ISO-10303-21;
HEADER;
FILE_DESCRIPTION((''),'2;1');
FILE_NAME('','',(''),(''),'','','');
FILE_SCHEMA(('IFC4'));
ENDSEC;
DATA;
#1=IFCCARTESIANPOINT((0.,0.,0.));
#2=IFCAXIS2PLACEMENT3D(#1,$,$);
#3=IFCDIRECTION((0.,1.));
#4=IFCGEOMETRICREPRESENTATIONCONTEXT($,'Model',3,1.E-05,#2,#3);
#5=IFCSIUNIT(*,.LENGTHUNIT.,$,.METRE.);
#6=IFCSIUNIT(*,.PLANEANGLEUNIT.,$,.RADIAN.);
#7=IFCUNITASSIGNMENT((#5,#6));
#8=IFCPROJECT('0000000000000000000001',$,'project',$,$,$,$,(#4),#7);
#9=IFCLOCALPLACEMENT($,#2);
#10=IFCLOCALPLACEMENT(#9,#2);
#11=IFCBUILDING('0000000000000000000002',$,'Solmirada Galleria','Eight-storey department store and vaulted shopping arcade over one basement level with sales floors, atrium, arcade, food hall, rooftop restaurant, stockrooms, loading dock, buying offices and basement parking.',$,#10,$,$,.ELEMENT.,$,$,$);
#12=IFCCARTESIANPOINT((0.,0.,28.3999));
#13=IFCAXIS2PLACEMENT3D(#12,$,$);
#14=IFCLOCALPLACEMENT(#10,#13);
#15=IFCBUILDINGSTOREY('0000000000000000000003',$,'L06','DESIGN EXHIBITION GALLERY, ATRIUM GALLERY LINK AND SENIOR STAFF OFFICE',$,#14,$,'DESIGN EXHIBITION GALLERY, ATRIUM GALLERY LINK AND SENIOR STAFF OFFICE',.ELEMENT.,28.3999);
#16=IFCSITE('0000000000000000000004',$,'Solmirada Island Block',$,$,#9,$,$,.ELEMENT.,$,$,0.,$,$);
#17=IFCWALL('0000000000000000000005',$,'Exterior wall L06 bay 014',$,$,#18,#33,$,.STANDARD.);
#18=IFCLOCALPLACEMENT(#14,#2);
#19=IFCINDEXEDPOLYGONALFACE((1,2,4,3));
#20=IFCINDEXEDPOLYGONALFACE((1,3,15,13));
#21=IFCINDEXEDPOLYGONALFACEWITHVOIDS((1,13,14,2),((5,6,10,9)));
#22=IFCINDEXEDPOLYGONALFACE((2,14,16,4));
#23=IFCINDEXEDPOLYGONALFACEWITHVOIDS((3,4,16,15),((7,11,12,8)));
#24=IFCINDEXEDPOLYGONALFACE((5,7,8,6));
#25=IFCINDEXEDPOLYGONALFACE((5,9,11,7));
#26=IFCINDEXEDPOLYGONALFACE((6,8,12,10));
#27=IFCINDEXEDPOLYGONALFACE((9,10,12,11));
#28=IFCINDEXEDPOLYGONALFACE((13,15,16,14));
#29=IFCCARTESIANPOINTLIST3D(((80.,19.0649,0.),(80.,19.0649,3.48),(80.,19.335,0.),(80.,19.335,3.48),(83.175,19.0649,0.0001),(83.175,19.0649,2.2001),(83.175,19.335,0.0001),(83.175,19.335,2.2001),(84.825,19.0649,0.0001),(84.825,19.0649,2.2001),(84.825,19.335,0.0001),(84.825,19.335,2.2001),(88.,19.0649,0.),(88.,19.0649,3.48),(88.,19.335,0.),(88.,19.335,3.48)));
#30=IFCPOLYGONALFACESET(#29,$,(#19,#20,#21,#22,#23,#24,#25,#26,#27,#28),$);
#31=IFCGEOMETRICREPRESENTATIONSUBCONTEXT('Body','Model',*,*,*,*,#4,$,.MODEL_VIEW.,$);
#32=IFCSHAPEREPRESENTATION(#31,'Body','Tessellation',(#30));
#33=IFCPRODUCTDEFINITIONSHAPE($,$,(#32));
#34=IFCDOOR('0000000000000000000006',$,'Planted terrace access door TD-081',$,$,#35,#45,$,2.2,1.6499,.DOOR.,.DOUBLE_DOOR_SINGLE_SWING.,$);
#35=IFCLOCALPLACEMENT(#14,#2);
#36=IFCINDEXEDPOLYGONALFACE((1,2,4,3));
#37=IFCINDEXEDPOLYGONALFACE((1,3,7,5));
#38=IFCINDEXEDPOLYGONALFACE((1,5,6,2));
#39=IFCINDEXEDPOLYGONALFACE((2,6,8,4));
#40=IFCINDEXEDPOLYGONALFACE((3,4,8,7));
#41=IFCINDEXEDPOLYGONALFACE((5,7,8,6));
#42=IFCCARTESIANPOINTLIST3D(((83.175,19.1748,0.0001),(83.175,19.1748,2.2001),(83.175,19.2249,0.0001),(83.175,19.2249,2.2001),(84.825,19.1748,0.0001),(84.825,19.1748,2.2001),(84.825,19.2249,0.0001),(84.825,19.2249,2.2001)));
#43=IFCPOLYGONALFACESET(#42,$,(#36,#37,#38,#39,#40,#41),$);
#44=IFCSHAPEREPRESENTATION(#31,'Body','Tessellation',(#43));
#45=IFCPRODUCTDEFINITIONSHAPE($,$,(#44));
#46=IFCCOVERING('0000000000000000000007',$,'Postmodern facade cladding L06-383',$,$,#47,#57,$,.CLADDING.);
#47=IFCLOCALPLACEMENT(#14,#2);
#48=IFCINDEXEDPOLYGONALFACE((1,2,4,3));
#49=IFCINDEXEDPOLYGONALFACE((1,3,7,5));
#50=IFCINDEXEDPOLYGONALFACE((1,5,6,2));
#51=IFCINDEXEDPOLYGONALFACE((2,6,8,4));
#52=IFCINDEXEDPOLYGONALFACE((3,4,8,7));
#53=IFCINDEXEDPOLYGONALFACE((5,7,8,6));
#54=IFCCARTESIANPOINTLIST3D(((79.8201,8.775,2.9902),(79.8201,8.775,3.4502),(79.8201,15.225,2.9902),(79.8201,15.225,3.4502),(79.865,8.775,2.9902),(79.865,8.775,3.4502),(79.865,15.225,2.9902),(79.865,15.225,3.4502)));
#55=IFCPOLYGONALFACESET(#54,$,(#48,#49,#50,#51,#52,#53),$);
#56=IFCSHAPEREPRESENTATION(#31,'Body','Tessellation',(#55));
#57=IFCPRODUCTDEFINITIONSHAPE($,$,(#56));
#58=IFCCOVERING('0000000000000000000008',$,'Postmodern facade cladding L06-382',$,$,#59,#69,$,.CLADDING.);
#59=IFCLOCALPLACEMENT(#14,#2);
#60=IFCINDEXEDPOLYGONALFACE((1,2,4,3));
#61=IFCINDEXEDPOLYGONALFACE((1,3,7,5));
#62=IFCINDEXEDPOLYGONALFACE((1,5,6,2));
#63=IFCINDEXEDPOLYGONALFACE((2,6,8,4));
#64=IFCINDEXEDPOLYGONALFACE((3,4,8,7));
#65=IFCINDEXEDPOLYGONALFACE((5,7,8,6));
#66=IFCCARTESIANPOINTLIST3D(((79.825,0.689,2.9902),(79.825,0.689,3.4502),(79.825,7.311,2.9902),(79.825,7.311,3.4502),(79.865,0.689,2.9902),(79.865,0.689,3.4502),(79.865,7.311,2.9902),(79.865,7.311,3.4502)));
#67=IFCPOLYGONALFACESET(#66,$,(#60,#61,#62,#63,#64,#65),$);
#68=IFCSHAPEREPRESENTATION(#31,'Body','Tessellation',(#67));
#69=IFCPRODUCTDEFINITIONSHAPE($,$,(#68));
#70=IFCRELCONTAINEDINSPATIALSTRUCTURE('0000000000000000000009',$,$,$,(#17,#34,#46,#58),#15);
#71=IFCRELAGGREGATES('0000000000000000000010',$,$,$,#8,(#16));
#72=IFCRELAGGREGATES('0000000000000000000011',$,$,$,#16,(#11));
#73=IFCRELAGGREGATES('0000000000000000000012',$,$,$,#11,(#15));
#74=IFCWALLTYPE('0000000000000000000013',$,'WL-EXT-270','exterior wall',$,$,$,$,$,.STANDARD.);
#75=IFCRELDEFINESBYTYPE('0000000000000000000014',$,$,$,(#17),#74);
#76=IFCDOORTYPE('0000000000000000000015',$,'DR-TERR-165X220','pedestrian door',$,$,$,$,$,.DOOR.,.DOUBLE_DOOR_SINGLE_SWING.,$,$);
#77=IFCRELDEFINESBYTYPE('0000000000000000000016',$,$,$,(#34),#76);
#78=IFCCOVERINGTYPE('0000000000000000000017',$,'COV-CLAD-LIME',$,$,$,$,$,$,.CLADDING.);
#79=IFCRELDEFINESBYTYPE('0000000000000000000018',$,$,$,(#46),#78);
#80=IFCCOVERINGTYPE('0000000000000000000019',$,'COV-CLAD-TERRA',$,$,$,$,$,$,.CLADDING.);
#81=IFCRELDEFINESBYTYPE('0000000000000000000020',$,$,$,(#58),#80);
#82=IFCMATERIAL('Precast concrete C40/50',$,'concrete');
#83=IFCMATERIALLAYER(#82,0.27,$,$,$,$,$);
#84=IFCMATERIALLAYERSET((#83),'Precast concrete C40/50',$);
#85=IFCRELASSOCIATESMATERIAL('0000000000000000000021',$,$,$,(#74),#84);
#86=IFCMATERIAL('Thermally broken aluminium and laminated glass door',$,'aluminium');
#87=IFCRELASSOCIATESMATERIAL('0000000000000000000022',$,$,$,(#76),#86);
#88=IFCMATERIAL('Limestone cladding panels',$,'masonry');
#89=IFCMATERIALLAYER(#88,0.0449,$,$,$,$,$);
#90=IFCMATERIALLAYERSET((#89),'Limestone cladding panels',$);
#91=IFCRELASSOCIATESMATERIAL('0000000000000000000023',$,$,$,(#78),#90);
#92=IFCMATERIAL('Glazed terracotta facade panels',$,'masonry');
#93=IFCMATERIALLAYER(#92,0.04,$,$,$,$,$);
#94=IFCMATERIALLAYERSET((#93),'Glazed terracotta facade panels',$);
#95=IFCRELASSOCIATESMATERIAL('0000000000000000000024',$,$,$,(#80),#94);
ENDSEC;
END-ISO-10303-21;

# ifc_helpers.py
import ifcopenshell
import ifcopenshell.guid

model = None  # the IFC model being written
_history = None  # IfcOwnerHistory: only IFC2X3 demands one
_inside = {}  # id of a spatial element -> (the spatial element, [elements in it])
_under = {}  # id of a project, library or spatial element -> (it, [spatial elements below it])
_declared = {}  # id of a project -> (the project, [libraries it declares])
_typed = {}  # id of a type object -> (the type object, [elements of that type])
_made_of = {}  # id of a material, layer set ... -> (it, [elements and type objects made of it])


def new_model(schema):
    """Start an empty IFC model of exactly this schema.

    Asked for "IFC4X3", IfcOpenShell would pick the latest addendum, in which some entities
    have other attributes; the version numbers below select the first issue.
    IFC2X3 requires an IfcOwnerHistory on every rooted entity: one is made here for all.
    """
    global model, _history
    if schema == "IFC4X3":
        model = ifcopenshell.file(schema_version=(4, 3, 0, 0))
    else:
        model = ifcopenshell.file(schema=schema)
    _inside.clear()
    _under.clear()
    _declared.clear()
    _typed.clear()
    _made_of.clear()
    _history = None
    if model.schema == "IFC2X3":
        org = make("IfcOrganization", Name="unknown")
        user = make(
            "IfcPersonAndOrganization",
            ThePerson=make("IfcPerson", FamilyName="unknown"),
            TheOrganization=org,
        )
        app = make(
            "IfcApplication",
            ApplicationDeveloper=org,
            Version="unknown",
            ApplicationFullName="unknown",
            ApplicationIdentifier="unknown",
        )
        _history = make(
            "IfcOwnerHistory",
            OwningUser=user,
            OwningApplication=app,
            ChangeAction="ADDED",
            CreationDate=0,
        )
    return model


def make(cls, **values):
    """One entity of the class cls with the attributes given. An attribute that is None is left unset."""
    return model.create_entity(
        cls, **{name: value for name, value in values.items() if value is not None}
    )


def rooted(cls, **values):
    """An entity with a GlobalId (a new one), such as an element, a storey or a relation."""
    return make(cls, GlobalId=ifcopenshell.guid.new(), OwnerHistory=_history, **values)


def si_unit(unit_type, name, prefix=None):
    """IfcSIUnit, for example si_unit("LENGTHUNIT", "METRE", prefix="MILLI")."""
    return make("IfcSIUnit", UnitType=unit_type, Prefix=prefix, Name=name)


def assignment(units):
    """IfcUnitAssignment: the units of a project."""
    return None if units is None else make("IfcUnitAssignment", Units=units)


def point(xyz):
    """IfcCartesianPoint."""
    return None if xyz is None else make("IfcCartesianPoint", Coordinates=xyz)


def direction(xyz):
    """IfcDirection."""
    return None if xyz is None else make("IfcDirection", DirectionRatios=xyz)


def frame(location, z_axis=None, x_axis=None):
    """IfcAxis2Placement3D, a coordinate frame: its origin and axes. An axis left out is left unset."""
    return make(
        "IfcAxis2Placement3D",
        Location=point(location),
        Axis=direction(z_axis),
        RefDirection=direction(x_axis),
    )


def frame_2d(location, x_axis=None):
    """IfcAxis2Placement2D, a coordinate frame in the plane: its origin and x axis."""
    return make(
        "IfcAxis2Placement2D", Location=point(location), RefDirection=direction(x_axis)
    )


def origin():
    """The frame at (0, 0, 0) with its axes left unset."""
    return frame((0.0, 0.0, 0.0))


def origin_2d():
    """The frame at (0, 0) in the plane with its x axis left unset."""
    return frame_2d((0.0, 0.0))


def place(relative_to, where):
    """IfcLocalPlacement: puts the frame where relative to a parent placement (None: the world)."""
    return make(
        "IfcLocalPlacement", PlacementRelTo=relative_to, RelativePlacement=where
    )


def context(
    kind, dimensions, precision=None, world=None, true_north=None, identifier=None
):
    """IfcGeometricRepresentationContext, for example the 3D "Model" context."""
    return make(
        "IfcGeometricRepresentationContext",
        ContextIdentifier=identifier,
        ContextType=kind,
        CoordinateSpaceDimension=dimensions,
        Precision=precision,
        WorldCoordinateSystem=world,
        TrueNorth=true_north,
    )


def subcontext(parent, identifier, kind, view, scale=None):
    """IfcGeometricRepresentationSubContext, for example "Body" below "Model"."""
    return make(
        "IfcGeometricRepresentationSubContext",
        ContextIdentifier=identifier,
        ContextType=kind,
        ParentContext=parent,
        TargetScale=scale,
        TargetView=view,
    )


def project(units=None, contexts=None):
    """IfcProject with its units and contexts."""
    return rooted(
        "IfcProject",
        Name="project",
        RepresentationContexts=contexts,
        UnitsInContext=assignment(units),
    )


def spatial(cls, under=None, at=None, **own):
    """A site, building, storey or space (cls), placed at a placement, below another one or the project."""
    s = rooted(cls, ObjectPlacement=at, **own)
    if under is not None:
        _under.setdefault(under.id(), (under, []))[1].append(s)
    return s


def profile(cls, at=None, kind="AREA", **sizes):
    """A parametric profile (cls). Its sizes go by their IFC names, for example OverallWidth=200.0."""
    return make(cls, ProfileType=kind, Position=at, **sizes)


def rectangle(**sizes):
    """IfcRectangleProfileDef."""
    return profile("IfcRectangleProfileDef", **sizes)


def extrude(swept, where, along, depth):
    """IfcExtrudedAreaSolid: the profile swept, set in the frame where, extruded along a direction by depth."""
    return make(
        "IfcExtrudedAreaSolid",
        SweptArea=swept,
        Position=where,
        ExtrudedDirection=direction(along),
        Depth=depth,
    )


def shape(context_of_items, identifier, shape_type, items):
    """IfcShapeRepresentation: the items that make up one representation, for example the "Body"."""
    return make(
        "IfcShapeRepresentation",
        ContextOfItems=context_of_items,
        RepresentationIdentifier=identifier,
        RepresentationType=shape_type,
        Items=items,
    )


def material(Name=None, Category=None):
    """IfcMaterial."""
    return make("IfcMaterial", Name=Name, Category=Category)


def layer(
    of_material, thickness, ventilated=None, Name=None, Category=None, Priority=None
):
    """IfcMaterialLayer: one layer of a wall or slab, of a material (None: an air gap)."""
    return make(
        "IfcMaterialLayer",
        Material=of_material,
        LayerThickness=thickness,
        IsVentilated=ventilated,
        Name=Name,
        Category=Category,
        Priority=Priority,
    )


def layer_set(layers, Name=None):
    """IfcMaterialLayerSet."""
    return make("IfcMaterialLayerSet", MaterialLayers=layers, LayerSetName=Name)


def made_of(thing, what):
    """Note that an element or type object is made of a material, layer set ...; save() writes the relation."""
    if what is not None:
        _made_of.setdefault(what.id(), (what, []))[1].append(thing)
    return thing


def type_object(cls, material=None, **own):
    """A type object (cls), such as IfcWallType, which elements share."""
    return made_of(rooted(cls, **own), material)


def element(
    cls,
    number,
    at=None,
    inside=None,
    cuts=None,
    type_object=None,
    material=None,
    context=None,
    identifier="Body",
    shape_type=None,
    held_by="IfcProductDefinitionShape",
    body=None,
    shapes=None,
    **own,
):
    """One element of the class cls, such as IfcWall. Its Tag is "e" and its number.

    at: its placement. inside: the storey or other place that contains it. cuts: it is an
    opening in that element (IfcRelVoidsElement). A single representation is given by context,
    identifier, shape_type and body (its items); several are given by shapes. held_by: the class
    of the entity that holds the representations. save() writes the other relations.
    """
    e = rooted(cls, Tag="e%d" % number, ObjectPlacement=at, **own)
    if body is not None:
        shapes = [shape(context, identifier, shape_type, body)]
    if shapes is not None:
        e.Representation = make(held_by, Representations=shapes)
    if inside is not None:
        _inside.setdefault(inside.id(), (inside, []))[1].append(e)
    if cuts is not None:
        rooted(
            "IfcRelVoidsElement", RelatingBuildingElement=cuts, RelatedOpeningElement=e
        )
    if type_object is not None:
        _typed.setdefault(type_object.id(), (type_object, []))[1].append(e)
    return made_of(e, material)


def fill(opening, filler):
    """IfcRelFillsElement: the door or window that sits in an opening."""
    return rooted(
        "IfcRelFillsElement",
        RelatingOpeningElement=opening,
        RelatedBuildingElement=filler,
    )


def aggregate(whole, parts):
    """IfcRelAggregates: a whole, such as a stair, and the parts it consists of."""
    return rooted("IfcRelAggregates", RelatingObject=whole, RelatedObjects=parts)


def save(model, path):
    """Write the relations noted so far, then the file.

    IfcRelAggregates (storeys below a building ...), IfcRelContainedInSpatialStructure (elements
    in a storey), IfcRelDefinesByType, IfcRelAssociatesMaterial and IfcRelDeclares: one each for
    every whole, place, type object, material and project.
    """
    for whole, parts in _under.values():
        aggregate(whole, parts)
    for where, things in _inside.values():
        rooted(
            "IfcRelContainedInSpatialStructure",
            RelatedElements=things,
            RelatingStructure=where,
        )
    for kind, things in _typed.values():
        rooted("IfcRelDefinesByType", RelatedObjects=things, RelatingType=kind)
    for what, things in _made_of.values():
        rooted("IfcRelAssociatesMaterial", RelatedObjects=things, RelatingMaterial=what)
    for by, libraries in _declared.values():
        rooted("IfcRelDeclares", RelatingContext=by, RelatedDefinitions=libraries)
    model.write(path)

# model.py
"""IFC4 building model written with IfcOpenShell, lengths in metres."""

from ifc_helpers import new_model, si_unit, direction, frame, frame_2d, origin, origin_2d, place, context, subcontext, project, spatial, rectangle, extrude, material, layer, layer_set, type_object, element, fill, save


model = new_model("IFC4")

# Units and contexts
model_context = context("Model", 3, precision=1e-05, world=origin(), true_north=direction((0.0, 1.0)))
body_context = subcontext(model_context, "Body", "Model", "MODEL_VIEW")
ifc_project = project(units=[si_unit("LENGTHUNIT", "METRE"), si_unit("PLANEANGLEUNIT", "RADIAN")], contexts=[model_context])

# Site, building, storey
site_placement = place(None, origin())
site = spatial("IfcSite", under=ifc_project, at=site_placement, Name="Solmirada Island Block", CompositionType="ELEMENT", RefElevation=0.0)
building_placement = place(site_placement, origin())
building = spatial("IfcBuilding", under=site, at=building_placement, Name="Solmirada Galleria", Description="Eight-storey department store and vaulted shopping arcade over one basement level with sales floors, atrium, arcade, food hall, rooftop restaurant, stockrooms, loading dock, buying offices and basement parking.", CompositionType="ELEMENT")
storey_placement = place(building_placement, frame((0.0, 0.0, 28.3999)))
storey = spatial("IfcBuildingStorey", under=building, at=storey_placement, Name="L06", Description="DESIGN EXHIBITION GALLERY, ATRIUM GALLERY LINK AND SENIOR STAFF OFFICE", LongName="DESIGN EXHIBITION GALLERY, ATRIUM GALLERY LINK AND SENIOR STAFF OFFICE", CompositionType="ELEMENT", Elevation=28.3999)

# Shared definitions
ifc_material_1 = material(Name="Precast concrete C40/50", Category="concrete")
ifc_layer_1 = layer(ifc_material_1, 0.27)
ifc_layer_set_1 = layer_set([ifc_layer_1], Name="Precast concrete C40/50")
wall_type = type_object("IfcWallType", Name="WL-EXT-270", Description="exterior wall", PredefinedType="STANDARD", material=ifc_layer_set_1)

# Wall, opening, door
wall_1_placement = place(storey_placement, frame((80.0, 19.2, 0.0), z_axis=(0.0, 0.0, 1.0), x_axis=(1.0, 0.0, 0.0)))
wall_1 = element("IfcWall", 1, at=wall_1_placement, inside=storey, type_object=wall_type, Name="Exterior wall L06 bay 014", PredefinedType="STANDARD", context=body_context, shape_type="SweptSolid", body=[
    extrude(rectangle(XDim=8.0, YDim=0.27, at=frame_2d((4.0, 0.0))), origin(), (0.0, 0.0, 1.0), 3.48),
])
opening_1_placement = place(wall_1_placement, frame((3.175, 0.0, 0.0)))
opening_1 = element("IfcOpeningElement", 2, at=opening_1_placement, cuts=wall_1, PredefinedType="OPENING", context=body_context, shape_type="SweptSolid", body=[
    extrude(rectangle(XDim=1.6499, YDim=2.2, at=frame_2d((0.825, 1.1001))), frame((0.0, 0.145, 0.0), z_axis=(0.0, -1.0, 0.0), x_axis=(1.0, 0.0, 0.0)), (0.0, 0.0, 1.0), 0.29),
])
ifc_material_2 = material(Name="Thermally broken aluminium and laminated glass door", Category="aluminium")
door_type = type_object("IfcDoorType", Name="DR-TERR-165X220", Description="pedestrian door", OperationType="DOUBLE_DOOR_SINGLE_SWING", PredefinedType="DOOR", material=ifc_material_2)
door_placement = place(opening_1_placement, origin())
door = element("IfcDoor", 3, at=door_placement, inside=storey, type_object=door_type, Name="Planted terrace access door TD-081", OperationType="DOUBLE_DOOR_SINGLE_SWING", OverallHeight=2.2, OverallWidth=1.6499, PredefinedType="DOOR", context=body_context, shape_type="SweptSolid", body=[
    extrude(rectangle(XDim=1.6499, YDim=2.2, at=frame_2d((0.825, 1.1001))), frame((0.0, 0.0249, 0.0), z_axis=(0.0, -1.0, 0.0), x_axis=(1.0, 0.0, 0.0)), (0.0, 0.0, 1.0), 0.05),
])
fill(opening_1, door)

# Coverings
ifc_material_3 = material(Name="Limestone cladding panels", Category="masonry")
ifc_layer_2 = layer(ifc_material_3, 0.0449)
ifc_layer_set_2 = layer_set([ifc_layer_2], Name="Limestone cladding panels")
covering_type_1 = type_object("IfcCoveringType", Name="COV-CLAD-LIME", PredefinedType="CLADDING", material=ifc_layer_set_2)
covering_1_placement = place(storey_placement, frame((79.8425, 12.0, 2.9902), z_axis=(0.0, 0.0, 1.0), x_axis=(0.0, 1.0, 0.0)))
element("IfcCovering", 4, at=covering_1_placement, inside=storey, type_object=covering_type_1, Name="Postmodern facade cladding L06-383", PredefinedType="CLADDING", context=body_context, shape_type="SweptSolid", body=[
    extrude(rectangle(XDim=6.45, YDim=0.0449, at=origin_2d()), origin(), (0.0, 0.0, 1.0), 0.46),
])
ifc_material_4 = material(Name="Glazed terracotta facade panels", Category="masonry")
ifc_layer_3 = layer(ifc_material_4, 0.04)
ifc_layer_set_3 = layer_set([ifc_layer_3], Name="Glazed terracotta facade panels")
covering_type_2 = type_object("IfcCoveringType", Name="COV-CLAD-TERRA", PredefinedType="CLADDING", material=ifc_layer_set_3)
covering_2_placement = place(storey_placement, frame((79.845, 4.0, 2.9902), z_axis=(0.0, 0.0, 1.0), x_axis=(0.0, 1.0, 0.0)))
element("IfcCovering", 5, at=covering_2_placement, inside=storey, type_object=covering_type_2, Name="Postmodern facade cladding L06-382", PredefinedType="CLADDING", context=body_context, shape_type="SweptSolid", body=[
    extrude(rectangle(XDim=6.6221, YDim=0.04, at=origin_2d()), origin(), (0.0, 0.0, 1.0), 0.46),
])

save(model, "model.ifc")
